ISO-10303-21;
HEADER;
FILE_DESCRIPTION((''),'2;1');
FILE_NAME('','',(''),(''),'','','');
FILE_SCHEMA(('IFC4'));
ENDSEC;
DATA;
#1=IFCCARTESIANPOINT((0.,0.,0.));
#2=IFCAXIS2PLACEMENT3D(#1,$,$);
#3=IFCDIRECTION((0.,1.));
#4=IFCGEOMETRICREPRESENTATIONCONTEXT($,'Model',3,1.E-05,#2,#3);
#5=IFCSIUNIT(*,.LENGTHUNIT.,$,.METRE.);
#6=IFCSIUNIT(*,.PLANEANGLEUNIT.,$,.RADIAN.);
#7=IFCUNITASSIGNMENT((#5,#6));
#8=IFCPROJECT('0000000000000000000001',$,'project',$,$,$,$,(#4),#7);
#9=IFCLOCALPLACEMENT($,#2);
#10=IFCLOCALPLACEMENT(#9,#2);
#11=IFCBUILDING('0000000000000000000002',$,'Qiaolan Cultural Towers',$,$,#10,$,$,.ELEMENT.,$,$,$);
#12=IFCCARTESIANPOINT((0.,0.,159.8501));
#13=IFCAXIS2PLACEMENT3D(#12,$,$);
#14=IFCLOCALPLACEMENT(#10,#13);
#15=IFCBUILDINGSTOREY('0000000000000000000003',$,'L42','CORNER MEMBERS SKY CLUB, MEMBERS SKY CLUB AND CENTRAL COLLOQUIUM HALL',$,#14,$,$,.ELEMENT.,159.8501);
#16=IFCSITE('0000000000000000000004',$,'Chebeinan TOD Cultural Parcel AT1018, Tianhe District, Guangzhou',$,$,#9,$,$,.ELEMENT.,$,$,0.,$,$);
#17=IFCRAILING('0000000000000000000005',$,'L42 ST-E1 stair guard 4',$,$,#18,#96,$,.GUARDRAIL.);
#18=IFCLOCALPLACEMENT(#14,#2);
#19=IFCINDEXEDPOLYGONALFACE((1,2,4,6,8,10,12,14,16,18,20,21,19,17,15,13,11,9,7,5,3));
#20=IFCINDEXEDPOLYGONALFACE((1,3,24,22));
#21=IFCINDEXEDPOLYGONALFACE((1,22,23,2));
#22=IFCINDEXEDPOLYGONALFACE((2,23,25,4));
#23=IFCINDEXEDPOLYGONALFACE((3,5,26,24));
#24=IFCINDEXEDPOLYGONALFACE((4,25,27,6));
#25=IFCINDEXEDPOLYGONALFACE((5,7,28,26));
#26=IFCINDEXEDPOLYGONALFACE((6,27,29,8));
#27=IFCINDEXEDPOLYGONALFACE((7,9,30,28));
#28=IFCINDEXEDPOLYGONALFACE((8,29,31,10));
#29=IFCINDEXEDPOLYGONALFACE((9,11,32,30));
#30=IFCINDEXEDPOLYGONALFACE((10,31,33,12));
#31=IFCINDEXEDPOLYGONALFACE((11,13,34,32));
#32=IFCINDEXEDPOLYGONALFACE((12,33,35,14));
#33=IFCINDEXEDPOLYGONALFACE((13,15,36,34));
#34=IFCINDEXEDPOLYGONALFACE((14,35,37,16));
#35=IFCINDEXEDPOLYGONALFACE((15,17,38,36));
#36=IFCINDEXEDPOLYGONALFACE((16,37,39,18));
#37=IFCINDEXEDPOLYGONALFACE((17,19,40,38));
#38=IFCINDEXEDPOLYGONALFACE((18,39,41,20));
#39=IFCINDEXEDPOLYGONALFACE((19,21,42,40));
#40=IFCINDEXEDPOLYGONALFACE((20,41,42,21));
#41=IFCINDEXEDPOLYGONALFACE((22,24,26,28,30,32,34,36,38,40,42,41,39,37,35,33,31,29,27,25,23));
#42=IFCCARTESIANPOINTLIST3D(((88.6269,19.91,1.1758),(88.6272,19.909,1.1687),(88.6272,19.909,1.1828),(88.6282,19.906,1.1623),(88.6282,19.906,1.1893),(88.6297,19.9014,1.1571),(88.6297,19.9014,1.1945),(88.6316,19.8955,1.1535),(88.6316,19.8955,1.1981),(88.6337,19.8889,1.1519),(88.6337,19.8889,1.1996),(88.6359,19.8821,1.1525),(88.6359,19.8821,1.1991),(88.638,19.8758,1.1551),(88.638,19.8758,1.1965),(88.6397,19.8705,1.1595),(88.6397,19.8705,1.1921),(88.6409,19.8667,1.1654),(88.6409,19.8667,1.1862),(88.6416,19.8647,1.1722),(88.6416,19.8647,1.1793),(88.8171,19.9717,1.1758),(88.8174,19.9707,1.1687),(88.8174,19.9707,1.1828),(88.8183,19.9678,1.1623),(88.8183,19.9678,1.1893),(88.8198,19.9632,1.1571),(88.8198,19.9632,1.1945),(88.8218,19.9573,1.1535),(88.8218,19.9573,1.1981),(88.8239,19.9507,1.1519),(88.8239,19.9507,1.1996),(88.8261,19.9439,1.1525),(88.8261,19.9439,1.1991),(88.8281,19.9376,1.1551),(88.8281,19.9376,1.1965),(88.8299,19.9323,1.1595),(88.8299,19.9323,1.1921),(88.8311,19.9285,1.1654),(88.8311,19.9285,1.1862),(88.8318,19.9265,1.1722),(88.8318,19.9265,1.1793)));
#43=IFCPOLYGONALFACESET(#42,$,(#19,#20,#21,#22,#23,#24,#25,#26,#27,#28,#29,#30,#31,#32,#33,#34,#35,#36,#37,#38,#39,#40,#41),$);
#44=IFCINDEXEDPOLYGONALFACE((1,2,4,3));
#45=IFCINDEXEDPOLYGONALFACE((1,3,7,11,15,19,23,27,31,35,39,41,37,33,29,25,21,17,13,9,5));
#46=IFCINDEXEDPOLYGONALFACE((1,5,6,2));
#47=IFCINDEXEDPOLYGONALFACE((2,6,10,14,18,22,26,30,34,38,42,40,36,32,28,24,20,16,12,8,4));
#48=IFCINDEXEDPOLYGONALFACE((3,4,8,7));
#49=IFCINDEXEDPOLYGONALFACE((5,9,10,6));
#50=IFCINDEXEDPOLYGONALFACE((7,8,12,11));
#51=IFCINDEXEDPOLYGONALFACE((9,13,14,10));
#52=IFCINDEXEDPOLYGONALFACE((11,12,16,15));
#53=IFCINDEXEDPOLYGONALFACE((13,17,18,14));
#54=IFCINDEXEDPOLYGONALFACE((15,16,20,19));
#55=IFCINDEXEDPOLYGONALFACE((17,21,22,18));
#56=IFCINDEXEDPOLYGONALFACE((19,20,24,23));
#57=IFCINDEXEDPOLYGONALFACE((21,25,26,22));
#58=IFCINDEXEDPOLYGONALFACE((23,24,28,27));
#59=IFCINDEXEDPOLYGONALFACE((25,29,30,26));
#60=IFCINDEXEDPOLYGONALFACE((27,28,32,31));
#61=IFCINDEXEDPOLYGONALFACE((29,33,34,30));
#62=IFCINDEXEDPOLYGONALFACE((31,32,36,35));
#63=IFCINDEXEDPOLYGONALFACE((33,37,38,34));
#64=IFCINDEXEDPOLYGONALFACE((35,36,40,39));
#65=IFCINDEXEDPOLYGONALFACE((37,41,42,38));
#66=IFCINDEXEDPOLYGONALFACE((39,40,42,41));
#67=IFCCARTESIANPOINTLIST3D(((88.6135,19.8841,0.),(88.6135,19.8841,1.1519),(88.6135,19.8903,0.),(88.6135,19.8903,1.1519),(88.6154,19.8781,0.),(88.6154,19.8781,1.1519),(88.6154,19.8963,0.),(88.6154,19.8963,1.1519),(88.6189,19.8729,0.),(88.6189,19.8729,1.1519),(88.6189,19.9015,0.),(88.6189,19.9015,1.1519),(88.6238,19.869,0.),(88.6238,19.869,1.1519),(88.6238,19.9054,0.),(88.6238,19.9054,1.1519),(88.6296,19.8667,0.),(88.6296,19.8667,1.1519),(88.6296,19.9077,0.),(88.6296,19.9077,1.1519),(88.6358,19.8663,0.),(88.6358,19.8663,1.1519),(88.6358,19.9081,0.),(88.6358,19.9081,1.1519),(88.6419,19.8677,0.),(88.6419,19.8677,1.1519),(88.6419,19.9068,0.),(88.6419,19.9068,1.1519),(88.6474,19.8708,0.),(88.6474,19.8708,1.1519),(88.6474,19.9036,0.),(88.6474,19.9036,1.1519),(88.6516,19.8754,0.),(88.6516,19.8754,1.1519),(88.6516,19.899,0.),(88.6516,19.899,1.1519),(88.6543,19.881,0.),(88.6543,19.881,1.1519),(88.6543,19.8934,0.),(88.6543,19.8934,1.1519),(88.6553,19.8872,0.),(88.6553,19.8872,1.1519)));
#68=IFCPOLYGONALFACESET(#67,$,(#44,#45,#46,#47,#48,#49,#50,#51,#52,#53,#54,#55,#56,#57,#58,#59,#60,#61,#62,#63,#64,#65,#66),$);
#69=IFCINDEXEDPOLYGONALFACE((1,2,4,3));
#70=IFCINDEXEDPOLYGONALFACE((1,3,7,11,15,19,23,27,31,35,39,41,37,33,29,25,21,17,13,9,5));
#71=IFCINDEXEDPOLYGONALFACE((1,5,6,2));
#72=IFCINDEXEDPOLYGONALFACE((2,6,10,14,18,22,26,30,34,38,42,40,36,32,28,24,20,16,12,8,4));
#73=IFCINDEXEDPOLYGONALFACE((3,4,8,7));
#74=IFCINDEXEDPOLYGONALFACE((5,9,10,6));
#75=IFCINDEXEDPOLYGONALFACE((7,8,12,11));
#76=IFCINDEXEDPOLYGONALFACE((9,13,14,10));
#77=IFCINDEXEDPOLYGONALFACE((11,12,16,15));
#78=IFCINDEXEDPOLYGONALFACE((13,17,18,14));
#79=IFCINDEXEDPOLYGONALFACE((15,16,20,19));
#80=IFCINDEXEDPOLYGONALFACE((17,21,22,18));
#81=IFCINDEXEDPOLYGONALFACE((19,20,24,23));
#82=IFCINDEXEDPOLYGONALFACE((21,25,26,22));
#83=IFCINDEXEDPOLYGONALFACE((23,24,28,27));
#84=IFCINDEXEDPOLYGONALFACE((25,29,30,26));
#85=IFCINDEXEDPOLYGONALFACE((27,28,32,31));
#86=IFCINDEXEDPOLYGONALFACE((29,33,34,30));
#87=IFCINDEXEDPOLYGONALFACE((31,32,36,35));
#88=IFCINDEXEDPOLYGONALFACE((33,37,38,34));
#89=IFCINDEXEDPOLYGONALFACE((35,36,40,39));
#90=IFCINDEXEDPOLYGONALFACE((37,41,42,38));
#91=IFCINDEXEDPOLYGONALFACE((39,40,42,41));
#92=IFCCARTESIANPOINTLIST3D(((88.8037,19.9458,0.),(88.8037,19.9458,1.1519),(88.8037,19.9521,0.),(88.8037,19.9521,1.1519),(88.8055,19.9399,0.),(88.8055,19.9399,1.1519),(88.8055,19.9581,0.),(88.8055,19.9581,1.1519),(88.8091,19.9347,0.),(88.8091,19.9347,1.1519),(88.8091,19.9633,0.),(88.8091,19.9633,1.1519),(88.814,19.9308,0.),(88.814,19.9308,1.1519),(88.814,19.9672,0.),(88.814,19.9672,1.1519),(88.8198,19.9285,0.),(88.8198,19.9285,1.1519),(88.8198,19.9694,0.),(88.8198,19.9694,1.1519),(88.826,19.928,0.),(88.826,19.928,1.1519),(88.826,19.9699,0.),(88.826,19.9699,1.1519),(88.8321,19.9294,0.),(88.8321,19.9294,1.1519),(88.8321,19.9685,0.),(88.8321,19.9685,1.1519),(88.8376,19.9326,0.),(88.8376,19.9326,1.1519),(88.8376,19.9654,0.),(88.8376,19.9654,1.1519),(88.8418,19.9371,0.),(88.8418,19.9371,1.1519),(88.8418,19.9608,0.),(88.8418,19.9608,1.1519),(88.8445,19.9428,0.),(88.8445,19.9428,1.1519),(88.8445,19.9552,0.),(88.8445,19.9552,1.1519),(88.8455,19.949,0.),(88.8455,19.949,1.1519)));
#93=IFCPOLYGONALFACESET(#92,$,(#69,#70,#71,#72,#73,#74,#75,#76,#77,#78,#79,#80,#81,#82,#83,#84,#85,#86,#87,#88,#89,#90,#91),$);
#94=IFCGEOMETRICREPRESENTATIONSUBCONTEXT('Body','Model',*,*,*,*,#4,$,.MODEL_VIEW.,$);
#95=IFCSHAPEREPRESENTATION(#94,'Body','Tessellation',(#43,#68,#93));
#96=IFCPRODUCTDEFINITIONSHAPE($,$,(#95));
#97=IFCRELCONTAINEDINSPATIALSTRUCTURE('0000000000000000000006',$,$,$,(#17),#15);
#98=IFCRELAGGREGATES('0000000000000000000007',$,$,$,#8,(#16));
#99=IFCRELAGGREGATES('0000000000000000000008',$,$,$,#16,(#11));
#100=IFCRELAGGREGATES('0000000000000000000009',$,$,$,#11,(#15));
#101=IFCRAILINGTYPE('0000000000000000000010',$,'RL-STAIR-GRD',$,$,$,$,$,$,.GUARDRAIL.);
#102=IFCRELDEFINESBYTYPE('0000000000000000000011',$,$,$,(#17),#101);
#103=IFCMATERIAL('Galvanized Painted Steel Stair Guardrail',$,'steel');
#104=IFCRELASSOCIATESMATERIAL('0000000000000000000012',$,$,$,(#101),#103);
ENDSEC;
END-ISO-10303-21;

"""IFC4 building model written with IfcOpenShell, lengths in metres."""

from ifc_helpers import new_model, si_unit, direction, frame, origin, origin_2d, place, context, subcontext, project, spatial, circle, extrude, material, type_object, element, save


model = new_model("IFC4")

# Units and contexts
model_context = context("Model", 3, precision=1e-05, world=origin(), true_north=direction((0.0, 1.0)))
body_context = subcontext(model_context, "Body", "Model", "MODEL_VIEW")
ifc_project = project(units=[si_unit("LENGTHUNIT", "METRE"), si_unit("PLANEANGLEUNIT", "RADIAN")], contexts=[model_context])

# Site, building, storey
site_placement = place(None, origin())
site = spatial("IfcSite", under=ifc_project, at=site_placement, Name="Chebeinan TOD Cultural Parcel AT1018, Tianhe District, Guangzhou", CompositionType="ELEMENT", RefElevation=0.0)
building_placement = place(site_placement, origin())
building = spatial("IfcBuilding", under=site, at=building_placement, Name="Qiaolan Cultural Towers", CompositionType="ELEMENT")
storey_placement = place(building_placement, frame((0.0, 0.0, 159.8501)))
storey = spatial("IfcBuildingStorey", under=building, at=storey_placement, Name="L42", Description="CORNER MEMBERS SKY CLUB, MEMBERS SKY CLUB AND CENTRAL COLLOQUIUM HALL", CompositionType="ELEMENT", Elevation=159.8501)

# Railing
ifc_material_1 = material(Name="Galvanized Painted Steel Stair Guardrail", Category="steel")
railing_type_1 = type_object("IfcRailingType", Name="RL-STAIR-GRD", PredefinedType="GUARDRAIL", material=ifc_material_1)
railing_1_placement = place(storey_placement, frame((88.6343, 19.8872, 0.0)))
element("IfcRailing", 1, at=railing_1_placement, inside=storey, type_object=railing_type_1, Name="L42 ST-E1 stair guard 4", PredefinedType="GUARDRAIL", context=body_context, shape_type="SweptSolid", body=[
    extrude(circle(Radius=0.0239, at=origin_2d()), frame((0.0, 0.0, 1.1758), z_axis=(0.951097, 0.308893, 0.0), x_axis=(-0.308893, 0.951097, 0.0)), (0.0, 0.0, 1.0), 0.2),
    extrude(circle(Radius=0.021, at=origin_2d()), origin(), (0.0, 0.0, 1.0), 1.1519),
    extrude(circle(Radius=0.021, at=origin_2d()), frame((0.1902, 0.0618, 0.0)), (0.0, 0.0, 1.0), 1.1519),
])

save(model, "model.ifc")
